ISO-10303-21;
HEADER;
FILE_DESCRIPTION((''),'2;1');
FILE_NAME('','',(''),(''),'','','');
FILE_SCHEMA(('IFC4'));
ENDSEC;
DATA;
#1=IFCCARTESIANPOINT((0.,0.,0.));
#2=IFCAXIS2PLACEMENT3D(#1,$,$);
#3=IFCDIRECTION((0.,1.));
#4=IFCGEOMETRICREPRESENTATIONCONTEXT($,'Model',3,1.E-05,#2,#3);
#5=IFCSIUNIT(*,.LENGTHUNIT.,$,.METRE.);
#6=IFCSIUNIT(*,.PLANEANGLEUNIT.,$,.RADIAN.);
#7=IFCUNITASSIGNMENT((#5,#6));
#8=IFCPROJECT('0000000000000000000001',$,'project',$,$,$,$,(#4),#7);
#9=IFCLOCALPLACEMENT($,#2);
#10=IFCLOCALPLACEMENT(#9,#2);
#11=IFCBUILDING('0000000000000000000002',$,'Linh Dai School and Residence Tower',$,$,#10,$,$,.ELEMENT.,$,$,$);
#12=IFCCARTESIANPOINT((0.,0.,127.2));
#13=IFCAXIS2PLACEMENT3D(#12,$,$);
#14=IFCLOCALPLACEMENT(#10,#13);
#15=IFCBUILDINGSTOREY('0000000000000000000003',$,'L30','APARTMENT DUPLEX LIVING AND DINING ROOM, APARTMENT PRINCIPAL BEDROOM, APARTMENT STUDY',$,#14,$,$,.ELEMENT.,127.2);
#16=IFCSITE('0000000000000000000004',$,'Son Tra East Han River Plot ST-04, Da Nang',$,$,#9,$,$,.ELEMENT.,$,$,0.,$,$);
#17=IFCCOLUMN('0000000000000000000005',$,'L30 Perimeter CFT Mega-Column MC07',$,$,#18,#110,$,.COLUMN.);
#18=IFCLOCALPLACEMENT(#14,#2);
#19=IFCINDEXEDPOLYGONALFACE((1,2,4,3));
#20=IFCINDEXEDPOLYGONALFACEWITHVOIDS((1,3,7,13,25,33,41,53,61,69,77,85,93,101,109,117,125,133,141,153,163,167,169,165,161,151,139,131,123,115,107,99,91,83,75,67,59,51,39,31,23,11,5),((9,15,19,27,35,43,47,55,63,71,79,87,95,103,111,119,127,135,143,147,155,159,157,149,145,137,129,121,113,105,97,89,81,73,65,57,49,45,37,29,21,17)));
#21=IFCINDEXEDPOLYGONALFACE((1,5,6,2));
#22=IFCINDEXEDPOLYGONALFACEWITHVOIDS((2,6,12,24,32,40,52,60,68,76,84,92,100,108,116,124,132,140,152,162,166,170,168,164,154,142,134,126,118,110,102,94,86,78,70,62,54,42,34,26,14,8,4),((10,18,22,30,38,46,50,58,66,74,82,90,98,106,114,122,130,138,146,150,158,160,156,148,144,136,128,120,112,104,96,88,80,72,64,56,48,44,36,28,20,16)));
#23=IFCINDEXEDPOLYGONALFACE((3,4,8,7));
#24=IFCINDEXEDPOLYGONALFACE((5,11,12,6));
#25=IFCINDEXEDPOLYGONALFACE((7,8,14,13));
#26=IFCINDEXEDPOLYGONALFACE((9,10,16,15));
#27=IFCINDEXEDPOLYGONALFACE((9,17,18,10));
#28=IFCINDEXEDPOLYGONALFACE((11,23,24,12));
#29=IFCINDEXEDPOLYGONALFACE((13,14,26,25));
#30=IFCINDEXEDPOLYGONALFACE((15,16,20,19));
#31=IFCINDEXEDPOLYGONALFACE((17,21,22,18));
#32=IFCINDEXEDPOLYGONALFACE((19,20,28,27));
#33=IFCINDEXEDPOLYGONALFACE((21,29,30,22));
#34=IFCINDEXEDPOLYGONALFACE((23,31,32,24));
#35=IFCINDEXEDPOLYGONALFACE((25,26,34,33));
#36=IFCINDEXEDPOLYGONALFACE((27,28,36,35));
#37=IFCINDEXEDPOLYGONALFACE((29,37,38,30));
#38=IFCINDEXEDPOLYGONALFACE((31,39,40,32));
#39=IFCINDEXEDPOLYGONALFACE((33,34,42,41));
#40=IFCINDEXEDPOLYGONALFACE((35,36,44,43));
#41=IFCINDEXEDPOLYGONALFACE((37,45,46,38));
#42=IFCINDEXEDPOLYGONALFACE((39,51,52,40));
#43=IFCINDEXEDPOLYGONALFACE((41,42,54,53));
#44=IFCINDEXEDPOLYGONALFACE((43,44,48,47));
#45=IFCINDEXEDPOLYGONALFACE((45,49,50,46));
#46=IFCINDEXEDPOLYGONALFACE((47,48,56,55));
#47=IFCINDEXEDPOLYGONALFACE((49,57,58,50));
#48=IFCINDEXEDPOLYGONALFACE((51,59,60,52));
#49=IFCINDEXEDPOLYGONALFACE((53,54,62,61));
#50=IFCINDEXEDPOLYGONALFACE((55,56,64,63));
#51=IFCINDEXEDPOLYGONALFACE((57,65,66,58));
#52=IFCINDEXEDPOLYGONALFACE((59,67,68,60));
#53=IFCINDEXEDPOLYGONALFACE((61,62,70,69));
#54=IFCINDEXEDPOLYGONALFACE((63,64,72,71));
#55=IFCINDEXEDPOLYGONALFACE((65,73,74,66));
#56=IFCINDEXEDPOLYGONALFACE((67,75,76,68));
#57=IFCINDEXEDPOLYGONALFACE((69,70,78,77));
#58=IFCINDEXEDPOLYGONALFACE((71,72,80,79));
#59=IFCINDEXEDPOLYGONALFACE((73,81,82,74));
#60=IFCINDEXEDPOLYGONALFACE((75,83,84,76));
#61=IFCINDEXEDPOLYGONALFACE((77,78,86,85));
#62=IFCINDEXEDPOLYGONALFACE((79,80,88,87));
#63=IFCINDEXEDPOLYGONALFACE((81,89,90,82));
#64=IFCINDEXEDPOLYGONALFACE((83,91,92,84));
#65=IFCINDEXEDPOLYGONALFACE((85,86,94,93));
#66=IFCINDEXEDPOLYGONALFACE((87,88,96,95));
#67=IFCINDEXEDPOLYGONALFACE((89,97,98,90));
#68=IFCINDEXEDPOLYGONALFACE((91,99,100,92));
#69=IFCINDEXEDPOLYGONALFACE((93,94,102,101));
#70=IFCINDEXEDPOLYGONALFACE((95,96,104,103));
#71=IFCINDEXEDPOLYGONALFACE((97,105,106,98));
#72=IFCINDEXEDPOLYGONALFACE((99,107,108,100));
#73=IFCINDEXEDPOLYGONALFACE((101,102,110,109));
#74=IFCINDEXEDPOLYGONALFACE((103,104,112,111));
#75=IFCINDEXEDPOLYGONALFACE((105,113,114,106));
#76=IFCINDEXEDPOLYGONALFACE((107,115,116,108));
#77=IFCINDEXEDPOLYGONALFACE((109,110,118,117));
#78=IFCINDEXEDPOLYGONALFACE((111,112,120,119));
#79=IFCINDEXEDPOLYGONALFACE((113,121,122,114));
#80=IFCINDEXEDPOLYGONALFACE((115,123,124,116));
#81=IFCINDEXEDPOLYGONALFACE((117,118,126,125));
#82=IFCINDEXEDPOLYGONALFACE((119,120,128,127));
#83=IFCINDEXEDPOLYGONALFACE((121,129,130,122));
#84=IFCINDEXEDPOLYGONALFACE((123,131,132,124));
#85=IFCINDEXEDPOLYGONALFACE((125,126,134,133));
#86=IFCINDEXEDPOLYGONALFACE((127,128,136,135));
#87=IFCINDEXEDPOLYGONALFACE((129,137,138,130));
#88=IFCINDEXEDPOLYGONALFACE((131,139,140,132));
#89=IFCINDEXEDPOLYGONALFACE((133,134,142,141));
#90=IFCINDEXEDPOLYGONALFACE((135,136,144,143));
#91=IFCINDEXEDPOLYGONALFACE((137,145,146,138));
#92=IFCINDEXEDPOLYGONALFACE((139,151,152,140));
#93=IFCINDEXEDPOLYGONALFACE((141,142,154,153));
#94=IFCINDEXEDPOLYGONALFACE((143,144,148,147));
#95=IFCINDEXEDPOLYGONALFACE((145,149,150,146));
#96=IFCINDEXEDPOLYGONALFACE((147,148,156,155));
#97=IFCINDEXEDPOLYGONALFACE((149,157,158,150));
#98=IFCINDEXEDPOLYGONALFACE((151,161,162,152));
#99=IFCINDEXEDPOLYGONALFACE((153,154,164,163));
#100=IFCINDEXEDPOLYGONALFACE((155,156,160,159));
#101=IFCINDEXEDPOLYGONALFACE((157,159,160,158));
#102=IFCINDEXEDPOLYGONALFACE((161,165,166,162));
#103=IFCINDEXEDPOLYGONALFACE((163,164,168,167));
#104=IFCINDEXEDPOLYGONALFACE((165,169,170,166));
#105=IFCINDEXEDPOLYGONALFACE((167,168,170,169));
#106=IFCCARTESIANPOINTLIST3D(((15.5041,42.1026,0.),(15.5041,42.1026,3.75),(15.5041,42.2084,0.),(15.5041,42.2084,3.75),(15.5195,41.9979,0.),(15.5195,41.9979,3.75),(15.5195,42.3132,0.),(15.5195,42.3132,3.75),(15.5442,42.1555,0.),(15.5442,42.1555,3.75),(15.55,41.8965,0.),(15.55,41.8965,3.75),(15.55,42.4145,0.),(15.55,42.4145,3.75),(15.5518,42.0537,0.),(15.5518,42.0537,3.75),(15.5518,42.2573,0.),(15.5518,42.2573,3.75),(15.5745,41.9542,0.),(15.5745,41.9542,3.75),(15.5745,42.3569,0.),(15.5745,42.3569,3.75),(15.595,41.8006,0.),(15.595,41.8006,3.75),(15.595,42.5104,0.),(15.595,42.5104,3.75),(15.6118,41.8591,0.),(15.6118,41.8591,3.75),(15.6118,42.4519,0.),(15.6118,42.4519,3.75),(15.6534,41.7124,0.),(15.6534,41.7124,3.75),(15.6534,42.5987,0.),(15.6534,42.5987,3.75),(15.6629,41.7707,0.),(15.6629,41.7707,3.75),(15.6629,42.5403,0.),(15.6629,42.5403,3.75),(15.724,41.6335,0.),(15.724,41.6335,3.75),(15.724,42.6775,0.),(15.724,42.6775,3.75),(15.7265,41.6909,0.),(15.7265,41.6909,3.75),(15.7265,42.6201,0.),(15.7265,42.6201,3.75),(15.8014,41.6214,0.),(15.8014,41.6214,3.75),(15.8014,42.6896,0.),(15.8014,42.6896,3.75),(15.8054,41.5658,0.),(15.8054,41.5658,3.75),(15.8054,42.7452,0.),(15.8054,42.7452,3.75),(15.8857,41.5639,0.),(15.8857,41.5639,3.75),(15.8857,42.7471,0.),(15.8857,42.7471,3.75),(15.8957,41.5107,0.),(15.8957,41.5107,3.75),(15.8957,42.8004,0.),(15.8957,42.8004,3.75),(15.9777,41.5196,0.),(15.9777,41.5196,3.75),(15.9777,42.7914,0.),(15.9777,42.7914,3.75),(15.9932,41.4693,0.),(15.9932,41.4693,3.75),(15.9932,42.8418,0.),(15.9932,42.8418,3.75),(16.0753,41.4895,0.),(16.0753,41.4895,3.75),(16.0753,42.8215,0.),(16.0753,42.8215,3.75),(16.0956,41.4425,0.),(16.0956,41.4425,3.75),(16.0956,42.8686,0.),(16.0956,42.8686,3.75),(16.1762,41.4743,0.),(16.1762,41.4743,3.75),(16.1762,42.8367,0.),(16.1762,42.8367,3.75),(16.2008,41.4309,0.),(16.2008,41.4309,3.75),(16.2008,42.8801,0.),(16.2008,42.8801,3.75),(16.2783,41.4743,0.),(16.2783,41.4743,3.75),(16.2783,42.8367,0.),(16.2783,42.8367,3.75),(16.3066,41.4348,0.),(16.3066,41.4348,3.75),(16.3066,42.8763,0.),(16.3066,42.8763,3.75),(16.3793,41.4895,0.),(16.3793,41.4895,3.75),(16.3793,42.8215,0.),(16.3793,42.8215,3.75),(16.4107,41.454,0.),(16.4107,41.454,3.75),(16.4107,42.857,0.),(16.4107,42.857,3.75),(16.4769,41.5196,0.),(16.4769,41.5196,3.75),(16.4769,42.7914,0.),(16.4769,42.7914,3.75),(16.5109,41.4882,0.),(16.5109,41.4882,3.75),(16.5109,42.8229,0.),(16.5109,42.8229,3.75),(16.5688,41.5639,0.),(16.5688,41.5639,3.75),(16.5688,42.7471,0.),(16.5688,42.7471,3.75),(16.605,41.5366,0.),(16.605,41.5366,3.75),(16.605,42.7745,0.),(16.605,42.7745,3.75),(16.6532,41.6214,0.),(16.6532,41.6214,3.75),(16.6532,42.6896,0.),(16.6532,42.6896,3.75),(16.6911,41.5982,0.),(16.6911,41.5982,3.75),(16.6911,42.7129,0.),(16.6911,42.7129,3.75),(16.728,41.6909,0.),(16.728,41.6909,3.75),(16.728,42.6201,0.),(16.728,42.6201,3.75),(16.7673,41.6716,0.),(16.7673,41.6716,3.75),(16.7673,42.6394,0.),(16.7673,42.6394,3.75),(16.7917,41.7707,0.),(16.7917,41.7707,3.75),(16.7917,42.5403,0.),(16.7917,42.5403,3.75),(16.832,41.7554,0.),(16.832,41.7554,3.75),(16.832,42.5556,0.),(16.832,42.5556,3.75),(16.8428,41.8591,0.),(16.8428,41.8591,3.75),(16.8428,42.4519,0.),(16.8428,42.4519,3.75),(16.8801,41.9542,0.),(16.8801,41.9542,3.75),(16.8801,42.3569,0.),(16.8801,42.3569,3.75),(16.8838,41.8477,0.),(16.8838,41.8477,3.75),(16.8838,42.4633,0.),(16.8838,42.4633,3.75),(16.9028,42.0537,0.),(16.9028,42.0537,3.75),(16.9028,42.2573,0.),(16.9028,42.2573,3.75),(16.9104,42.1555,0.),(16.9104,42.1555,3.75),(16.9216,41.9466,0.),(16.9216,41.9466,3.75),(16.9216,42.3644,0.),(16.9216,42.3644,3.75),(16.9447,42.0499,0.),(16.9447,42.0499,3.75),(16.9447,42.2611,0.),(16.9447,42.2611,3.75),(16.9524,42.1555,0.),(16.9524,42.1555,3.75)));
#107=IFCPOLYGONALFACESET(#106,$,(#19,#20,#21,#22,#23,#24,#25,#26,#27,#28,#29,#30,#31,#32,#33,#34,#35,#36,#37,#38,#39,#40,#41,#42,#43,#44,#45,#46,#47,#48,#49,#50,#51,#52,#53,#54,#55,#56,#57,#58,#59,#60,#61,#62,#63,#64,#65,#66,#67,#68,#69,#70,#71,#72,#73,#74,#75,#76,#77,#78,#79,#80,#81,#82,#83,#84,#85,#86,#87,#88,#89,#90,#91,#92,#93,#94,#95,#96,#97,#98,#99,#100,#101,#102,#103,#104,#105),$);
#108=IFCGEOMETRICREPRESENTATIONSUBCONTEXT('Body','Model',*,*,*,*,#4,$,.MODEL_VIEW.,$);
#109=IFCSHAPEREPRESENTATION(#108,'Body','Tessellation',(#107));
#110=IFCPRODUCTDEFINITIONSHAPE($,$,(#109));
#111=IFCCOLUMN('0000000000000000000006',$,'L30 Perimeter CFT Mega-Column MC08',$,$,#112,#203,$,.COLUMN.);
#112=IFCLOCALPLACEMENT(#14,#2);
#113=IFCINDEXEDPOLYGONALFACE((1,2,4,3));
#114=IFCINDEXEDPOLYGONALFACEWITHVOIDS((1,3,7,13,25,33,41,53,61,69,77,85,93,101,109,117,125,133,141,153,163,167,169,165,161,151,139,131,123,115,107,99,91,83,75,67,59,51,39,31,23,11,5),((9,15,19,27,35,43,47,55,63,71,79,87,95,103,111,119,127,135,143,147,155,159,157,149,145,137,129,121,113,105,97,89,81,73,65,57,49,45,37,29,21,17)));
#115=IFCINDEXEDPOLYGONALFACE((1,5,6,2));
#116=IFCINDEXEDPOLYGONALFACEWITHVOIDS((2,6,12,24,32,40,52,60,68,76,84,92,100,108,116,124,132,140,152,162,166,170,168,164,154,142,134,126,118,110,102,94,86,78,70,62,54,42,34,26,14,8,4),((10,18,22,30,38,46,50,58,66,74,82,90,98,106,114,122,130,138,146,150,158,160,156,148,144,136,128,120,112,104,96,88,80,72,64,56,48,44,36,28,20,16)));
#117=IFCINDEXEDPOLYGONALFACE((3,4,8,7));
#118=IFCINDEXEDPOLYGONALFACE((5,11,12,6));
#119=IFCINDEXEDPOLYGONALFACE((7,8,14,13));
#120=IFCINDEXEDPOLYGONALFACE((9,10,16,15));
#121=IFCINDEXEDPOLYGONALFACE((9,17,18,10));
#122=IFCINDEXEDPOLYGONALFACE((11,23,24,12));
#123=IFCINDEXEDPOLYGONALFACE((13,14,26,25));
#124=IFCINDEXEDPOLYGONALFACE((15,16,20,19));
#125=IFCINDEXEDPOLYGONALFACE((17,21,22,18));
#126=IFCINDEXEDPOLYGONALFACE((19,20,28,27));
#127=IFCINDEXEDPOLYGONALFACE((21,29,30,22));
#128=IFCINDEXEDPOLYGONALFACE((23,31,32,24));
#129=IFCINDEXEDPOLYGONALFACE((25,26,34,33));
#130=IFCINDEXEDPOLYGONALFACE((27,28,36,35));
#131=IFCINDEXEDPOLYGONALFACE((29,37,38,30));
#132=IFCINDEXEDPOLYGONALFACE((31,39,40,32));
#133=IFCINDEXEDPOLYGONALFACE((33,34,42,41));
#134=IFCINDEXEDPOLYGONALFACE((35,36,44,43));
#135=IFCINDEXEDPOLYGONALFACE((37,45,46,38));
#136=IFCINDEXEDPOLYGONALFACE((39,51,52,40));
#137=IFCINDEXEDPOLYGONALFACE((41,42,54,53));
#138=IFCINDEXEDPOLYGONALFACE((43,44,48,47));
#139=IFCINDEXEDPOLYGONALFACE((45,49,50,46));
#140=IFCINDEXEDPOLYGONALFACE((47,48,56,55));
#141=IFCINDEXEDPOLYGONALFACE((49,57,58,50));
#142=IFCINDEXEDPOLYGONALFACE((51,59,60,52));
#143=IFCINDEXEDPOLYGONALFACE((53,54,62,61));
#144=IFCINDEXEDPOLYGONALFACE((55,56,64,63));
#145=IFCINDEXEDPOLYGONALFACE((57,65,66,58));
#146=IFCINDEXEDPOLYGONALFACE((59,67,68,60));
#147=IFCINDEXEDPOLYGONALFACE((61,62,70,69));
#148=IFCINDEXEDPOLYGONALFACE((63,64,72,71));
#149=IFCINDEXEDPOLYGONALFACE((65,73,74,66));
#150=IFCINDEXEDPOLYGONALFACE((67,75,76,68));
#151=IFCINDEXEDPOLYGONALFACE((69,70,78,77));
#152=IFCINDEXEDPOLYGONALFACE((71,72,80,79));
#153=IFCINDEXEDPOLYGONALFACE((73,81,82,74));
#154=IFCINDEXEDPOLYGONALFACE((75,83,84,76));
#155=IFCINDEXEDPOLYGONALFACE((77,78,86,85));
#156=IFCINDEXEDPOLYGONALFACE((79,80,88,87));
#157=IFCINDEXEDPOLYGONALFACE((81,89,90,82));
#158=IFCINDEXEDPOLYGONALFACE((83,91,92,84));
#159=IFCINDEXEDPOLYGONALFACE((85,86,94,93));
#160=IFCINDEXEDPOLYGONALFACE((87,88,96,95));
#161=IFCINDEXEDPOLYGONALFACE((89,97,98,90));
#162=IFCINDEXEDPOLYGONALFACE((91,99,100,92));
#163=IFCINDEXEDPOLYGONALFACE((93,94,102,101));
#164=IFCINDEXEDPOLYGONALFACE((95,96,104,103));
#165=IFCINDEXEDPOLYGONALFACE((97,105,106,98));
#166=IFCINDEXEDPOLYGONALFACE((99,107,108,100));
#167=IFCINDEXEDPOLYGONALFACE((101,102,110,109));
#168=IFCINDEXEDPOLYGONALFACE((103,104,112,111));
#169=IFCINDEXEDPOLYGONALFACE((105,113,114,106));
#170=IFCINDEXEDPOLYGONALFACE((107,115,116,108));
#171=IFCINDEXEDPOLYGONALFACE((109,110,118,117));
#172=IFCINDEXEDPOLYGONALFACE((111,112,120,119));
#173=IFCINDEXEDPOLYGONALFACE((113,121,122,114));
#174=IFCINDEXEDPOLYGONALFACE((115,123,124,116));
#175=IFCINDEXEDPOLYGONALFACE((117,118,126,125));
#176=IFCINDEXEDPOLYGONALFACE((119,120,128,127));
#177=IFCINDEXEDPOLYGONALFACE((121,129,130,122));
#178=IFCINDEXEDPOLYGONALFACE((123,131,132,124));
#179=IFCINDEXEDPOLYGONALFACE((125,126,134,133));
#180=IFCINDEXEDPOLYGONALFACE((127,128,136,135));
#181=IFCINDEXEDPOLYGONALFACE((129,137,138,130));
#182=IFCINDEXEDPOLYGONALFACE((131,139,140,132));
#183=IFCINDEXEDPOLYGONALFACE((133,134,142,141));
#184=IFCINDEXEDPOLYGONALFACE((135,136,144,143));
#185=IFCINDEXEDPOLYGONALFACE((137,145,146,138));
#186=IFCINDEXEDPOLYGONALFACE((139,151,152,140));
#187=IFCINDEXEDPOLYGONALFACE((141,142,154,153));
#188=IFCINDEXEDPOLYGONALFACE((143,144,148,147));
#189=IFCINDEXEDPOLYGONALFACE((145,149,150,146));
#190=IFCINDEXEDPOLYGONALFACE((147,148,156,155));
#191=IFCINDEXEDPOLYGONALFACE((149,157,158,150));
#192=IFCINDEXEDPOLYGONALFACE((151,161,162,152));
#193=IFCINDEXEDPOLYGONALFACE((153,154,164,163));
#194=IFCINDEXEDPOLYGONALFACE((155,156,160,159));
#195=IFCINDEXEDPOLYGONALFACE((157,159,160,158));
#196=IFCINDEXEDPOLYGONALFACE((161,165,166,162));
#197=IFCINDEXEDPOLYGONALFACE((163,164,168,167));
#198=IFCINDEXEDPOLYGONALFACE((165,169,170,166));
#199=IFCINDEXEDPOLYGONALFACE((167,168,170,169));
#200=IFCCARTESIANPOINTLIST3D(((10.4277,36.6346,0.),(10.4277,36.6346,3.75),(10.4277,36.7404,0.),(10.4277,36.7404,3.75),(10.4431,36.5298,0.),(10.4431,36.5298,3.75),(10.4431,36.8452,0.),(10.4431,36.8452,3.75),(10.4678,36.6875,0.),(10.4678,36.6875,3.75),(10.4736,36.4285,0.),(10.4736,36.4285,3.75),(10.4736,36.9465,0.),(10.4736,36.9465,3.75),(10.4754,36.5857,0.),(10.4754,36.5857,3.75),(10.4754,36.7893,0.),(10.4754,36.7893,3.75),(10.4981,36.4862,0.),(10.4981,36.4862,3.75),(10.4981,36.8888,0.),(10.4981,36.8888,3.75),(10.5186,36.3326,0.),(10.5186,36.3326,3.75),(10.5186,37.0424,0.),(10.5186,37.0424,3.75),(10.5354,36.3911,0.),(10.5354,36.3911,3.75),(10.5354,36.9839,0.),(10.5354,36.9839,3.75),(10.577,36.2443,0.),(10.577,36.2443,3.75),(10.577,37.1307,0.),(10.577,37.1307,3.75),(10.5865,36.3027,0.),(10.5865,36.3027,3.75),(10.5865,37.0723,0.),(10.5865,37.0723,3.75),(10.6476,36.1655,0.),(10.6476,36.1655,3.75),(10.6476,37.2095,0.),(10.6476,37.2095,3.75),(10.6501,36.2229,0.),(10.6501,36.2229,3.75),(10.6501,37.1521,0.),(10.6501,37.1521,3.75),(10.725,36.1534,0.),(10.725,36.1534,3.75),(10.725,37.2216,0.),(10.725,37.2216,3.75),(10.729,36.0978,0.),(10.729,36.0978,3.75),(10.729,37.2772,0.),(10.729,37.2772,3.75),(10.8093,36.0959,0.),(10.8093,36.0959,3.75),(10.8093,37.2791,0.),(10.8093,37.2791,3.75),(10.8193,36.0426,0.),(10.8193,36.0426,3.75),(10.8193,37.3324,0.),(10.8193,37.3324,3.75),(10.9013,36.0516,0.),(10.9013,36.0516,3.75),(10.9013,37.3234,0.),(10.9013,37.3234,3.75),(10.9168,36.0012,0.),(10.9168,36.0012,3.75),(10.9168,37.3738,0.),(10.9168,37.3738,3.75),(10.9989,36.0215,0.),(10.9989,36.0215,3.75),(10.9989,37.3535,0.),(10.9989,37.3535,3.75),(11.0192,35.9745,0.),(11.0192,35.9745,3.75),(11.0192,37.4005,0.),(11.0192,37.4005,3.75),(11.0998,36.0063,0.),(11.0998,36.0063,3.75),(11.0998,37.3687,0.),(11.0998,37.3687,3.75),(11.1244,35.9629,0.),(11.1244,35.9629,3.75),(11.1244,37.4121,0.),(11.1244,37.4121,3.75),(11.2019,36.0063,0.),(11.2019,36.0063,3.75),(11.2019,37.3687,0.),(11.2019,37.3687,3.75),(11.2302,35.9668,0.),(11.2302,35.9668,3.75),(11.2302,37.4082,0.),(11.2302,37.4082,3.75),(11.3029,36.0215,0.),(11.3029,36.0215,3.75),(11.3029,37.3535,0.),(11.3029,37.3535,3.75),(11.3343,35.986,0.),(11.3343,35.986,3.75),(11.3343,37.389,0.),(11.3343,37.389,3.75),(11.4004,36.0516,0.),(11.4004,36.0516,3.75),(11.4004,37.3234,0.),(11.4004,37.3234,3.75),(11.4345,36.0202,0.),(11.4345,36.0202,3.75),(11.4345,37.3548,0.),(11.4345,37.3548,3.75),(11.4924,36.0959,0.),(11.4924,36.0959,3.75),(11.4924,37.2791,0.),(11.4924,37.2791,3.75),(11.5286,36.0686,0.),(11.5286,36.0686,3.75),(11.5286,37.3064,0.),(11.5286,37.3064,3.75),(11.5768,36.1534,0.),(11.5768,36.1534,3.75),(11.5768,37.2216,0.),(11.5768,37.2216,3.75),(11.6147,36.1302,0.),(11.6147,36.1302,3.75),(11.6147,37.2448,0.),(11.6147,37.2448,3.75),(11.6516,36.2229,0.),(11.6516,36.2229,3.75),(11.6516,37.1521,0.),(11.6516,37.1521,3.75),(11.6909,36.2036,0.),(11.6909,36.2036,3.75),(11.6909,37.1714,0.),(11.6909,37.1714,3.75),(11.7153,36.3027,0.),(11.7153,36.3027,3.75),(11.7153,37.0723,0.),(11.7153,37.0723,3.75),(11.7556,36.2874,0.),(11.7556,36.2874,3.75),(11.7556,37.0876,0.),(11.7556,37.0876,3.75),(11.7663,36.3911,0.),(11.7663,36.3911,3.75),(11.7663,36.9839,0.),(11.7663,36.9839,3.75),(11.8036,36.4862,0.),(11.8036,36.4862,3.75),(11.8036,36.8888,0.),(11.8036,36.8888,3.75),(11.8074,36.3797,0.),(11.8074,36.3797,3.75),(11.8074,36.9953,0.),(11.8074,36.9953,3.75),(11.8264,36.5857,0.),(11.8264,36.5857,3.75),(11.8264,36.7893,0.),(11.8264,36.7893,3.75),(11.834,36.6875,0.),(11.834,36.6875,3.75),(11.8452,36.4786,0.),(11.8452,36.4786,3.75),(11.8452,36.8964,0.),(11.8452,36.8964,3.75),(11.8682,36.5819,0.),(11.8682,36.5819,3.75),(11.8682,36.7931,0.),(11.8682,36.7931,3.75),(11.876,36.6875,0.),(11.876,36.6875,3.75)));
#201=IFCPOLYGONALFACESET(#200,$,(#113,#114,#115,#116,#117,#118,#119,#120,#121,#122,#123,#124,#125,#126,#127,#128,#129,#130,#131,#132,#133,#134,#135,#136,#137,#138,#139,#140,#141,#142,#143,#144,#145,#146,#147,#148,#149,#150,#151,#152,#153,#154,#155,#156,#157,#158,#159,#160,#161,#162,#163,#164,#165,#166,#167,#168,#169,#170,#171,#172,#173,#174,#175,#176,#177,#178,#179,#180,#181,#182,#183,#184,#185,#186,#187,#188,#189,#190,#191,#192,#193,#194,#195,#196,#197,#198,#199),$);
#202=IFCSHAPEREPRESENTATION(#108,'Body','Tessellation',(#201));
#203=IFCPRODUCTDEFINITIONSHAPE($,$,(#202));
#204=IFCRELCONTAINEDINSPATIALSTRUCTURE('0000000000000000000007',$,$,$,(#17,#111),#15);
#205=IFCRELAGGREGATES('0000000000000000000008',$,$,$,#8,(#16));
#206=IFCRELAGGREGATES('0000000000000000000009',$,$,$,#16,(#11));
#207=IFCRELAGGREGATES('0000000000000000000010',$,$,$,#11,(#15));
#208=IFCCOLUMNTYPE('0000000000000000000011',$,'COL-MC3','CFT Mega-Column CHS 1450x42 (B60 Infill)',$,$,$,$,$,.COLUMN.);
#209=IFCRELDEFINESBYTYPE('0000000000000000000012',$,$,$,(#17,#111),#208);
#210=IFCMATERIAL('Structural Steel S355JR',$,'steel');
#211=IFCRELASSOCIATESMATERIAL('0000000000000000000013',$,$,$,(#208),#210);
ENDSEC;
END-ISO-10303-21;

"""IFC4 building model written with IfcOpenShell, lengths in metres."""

from ifc_helpers import new_model, si_unit, direction, frame, origin, origin_2d, place, context, subcontext, project, spatial, hollow_circle, extrude, material, material_profile, profile_set, type_object, element, save


model = new_model("IFC4")

# Units and contexts
model_context = context("Model", 3, precision=1e-05, world=origin(), true_north=direction((0.0, 1.0)))
body_context = subcontext(model_context, "Body", "Model", "MODEL_VIEW")
ifc_project = project(units=[si_unit("LENGTHUNIT", "METRE"), si_unit("PLANEANGLEUNIT", "RADIAN")], contexts=[model_context])

# Site, building, storey
site_placement = place(None, origin())
site = spatial("IfcSite", under=ifc_project, at=site_placement, Name="Son Tra East Han River Plot ST-04, Da Nang", CompositionType="ELEMENT", RefElevation=0.0)
building_placement = place(site_placement, origin())
building = spatial("IfcBuilding", under=site, at=building_placement, Name="Linh Dai School and Residence Tower", CompositionType="ELEMENT")
storey_placement = place(building_placement, frame((0.0, 0.0, 127.2)))
storey = spatial("IfcBuildingStorey", under=building, at=storey_placement, Name="L30", Description="APARTMENT DUPLEX LIVING AND DINING ROOM, APARTMENT PRINCIPAL BEDROOM, APARTMENT STUDY", CompositionType="ELEMENT", Elevation=127.2)

# Columns
ifc_material_1 = material(Name="Structural Steel S355JR", Category="steel")
ifc_material_profile_1 = material_profile(ifc_material_1, hollow_circle(Radius=0.7251, WallThickness=0.042, at=origin_2d()), Name="CHS 1450x42")
ifc_profile_set_1 = profile_set([ifc_material_profile_1], Name="Structural Steel S355JR")
column_type = type_object("IfcColumnType", Name="COL-MC3", Description="CFT Mega-Column CHS 1450x42 (B60 Infill)", PredefinedType="COLUMN", material=ifc_profile_set_1)
for number, where, z_axis, x_axis, name in (
    (1, (16.2273, 42.1555, 0.0), (0.0, 0.0, 1.0), (1.0, 0.0, 0.0), "L30 Perimeter CFT Mega-Column MC07"),
    (2, (11.1509, 36.6875, 0.0), (0.0, 0.0, 1.0), (1.0, 0.0, 0.0), "L30 Perimeter CFT Mega-Column MC08"),
):
    element("IfcColumn", number, at=place(storey_placement, frame(where, z_axis=z_axis, x_axis=x_axis)), inside=storey, type_object=column_type, Name=name, PredefinedType="COLUMN", context=body_context, shape_type="SweptSolid", body=[
        extrude(hollow_circle(Radius=0.7251, WallThickness=0.042, at=origin_2d()), origin(), (0.0, 0.0, 1.0), 3.75),
    ])

save(model, "model.ifc")
